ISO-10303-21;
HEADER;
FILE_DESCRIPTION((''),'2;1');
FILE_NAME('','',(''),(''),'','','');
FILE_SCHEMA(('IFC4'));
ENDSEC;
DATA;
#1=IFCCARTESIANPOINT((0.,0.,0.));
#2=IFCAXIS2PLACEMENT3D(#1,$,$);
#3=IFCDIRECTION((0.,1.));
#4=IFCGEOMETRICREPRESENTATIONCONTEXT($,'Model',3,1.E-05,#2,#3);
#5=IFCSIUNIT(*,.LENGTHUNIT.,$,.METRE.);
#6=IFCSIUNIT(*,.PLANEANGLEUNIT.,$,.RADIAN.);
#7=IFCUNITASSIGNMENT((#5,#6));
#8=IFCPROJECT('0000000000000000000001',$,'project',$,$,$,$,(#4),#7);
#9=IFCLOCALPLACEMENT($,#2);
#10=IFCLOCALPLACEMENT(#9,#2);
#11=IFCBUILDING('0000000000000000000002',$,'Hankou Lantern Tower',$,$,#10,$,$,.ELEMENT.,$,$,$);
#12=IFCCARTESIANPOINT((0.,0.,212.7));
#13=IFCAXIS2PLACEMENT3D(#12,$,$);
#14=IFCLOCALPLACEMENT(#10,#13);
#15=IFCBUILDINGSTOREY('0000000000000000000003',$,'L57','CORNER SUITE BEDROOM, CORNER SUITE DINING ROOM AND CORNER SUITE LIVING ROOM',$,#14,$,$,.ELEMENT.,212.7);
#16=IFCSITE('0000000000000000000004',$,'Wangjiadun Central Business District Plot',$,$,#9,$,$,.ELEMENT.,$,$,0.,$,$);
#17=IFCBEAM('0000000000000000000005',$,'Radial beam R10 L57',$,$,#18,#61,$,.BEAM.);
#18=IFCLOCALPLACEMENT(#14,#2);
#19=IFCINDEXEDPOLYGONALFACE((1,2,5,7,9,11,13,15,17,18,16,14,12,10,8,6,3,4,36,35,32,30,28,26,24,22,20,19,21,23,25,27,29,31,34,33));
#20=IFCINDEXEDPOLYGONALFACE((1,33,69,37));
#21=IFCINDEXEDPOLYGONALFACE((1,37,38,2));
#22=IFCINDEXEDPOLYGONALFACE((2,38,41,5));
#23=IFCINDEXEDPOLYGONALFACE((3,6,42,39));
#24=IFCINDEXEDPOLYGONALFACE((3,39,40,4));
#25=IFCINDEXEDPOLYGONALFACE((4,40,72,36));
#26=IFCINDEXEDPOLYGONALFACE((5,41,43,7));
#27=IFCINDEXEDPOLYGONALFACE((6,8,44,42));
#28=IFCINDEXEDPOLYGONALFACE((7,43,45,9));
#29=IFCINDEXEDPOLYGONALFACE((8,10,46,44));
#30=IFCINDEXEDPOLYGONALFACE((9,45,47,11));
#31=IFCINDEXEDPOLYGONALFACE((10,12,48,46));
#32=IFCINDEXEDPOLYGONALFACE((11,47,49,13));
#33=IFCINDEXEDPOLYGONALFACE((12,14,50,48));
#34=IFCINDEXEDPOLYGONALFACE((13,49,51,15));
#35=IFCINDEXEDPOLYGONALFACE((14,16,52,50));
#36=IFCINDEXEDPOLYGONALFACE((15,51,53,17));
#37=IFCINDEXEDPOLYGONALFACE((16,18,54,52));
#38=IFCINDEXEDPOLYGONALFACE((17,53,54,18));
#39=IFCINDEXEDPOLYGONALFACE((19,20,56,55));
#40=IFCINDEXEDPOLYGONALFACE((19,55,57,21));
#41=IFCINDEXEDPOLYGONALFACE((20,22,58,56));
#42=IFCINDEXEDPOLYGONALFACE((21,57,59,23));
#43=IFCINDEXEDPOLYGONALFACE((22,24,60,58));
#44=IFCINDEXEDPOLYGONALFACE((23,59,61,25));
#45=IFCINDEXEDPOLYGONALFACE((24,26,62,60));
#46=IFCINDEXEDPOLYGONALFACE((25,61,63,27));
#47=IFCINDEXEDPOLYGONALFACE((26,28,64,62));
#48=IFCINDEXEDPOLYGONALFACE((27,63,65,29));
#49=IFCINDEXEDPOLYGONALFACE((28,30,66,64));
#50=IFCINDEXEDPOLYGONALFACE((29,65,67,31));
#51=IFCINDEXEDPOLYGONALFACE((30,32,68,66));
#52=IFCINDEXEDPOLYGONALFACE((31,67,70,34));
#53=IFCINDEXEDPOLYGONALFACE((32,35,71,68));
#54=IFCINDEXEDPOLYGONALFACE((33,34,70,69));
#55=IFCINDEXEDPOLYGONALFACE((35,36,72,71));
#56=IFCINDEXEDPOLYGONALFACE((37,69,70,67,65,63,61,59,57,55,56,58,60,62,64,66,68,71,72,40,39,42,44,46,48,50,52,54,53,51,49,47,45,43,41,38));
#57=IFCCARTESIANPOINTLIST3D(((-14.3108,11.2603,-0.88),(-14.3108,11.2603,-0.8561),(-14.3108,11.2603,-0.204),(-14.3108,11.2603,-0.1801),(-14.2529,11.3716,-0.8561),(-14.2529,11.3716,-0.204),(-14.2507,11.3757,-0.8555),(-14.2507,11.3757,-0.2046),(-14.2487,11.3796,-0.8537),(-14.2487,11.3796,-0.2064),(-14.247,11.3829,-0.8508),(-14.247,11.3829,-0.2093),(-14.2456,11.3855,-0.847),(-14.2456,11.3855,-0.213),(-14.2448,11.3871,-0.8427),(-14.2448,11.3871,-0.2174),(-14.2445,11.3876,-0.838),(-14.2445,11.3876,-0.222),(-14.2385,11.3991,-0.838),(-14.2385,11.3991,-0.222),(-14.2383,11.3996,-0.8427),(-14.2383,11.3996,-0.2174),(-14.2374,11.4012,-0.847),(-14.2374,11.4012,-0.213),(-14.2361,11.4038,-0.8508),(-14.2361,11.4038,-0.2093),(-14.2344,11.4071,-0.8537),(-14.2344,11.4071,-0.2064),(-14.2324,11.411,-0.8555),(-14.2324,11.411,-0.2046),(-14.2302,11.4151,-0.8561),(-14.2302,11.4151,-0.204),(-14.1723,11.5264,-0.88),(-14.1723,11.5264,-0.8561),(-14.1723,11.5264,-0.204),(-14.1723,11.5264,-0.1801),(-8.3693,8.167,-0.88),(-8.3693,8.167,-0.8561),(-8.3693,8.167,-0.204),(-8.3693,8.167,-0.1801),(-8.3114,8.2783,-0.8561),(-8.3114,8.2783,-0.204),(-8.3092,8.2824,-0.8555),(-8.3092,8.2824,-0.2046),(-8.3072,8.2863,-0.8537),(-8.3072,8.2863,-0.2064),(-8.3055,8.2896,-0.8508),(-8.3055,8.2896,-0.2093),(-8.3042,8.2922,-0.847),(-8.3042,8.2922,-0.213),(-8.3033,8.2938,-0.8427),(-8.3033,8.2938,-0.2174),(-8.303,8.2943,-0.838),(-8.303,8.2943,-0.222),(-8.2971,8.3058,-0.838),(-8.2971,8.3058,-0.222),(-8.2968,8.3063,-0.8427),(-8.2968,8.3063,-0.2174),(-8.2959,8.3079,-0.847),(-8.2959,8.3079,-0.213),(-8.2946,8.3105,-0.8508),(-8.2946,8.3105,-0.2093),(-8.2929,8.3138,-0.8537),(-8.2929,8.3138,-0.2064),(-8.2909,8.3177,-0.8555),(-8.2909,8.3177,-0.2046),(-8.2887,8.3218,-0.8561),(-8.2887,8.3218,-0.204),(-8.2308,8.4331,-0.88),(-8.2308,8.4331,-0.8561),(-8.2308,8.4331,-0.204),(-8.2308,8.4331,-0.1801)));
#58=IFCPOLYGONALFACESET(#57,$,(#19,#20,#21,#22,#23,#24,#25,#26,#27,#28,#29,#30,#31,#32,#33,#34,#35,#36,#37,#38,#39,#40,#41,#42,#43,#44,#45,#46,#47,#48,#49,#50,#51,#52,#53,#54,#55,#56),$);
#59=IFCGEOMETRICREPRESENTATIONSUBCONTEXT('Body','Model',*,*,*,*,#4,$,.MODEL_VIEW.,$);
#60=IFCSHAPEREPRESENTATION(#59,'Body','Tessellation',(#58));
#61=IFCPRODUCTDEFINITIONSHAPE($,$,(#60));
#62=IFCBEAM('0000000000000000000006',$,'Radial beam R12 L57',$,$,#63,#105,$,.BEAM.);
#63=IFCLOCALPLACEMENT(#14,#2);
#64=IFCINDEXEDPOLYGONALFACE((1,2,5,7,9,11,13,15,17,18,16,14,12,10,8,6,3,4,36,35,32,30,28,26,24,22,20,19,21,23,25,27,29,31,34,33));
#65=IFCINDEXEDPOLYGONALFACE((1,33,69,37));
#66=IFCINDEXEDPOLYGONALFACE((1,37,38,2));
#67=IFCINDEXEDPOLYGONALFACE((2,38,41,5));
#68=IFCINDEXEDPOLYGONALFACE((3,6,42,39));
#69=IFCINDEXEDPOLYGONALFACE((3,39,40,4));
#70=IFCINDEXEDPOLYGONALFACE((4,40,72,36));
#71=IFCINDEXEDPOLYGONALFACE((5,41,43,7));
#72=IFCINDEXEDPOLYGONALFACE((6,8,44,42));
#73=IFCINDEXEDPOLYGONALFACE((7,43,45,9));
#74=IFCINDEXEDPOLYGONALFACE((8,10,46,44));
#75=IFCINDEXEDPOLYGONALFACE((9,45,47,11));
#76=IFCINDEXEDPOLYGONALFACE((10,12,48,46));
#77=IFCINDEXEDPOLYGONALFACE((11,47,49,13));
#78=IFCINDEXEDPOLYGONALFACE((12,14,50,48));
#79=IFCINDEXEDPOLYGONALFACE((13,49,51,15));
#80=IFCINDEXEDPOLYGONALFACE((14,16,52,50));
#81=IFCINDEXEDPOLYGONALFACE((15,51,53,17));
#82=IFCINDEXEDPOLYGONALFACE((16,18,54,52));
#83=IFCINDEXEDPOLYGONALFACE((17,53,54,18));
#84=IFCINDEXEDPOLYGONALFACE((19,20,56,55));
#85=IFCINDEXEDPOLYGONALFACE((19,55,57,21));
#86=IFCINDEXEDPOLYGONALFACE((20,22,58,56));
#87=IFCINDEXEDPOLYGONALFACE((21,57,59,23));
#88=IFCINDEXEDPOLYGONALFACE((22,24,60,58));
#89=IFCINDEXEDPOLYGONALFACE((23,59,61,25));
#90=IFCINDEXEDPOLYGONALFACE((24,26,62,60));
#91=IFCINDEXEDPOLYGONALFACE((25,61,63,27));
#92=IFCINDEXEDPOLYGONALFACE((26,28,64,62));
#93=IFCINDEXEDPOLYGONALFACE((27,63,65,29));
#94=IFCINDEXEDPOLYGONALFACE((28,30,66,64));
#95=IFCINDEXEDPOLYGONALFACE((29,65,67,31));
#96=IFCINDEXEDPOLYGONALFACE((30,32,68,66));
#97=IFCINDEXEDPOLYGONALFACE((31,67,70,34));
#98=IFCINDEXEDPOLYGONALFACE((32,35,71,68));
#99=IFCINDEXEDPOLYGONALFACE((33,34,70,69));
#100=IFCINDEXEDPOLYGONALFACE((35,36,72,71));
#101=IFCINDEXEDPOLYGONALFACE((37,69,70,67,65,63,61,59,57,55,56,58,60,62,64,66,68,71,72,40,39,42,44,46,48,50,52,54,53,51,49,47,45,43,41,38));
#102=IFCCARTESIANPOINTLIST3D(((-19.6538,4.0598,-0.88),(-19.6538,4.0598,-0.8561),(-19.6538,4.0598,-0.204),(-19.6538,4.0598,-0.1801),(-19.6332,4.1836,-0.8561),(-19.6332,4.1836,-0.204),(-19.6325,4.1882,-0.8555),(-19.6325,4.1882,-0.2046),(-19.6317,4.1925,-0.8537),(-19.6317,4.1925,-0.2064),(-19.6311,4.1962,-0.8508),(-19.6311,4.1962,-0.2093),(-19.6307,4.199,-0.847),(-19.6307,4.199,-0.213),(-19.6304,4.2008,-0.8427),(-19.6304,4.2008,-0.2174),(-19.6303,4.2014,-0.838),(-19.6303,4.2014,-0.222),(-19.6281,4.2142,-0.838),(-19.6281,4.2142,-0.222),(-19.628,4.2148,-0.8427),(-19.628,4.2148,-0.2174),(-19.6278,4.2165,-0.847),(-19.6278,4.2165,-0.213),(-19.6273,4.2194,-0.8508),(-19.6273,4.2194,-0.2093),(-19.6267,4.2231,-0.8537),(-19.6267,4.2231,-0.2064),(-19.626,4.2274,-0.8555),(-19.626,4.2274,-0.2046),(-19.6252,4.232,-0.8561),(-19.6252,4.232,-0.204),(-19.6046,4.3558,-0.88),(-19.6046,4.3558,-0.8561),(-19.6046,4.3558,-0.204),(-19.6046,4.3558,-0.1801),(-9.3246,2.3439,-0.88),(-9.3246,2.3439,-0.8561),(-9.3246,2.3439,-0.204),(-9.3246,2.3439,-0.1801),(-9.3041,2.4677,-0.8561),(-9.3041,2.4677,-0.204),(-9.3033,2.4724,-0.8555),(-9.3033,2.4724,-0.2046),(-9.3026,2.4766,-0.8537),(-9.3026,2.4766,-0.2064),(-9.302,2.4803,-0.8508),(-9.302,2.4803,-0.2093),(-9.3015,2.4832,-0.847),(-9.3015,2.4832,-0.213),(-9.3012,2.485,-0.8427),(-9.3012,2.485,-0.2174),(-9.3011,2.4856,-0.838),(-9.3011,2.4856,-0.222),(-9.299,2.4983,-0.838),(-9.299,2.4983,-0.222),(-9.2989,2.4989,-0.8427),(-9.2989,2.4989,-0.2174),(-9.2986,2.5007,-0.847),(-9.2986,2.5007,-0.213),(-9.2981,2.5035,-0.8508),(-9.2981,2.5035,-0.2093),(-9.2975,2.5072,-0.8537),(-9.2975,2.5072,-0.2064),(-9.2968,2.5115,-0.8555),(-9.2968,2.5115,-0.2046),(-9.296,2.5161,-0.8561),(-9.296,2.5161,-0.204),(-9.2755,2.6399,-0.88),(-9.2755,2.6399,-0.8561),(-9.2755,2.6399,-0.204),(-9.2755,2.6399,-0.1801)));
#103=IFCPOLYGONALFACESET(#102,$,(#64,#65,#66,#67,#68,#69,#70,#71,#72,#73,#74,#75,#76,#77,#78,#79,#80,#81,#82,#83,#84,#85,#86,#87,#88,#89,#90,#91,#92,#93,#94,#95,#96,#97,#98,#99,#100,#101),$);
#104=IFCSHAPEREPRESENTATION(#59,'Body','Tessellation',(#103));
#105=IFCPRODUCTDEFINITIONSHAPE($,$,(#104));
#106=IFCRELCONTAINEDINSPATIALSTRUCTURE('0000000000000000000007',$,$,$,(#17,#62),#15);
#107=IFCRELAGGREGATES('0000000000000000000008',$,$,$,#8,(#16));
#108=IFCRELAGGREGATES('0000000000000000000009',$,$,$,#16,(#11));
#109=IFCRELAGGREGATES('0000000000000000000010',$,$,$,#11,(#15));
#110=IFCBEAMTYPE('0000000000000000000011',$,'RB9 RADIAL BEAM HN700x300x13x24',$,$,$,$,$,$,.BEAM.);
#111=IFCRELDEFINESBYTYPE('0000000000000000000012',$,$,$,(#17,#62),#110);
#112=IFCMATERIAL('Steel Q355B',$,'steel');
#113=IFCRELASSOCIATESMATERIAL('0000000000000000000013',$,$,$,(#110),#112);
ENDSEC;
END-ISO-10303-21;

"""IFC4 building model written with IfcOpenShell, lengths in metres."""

from ifc_helpers import new_model, si_unit, direction, frame, origin, origin_2d, place, context, subcontext, project, spatial, i_section, extrude, material, material_profile, profile_set, type_object, element, save


model = new_model("IFC4")

# Units and contexts
model_context = context("Model", 3, precision=1e-05, world=origin(), true_north=direction((0.0, 1.0)))
body_context = subcontext(model_context, "Body", "Model", "MODEL_VIEW")
ifc_project = project(units=[si_unit("LENGTHUNIT", "METRE"), si_unit("PLANEANGLEUNIT", "RADIAN")], contexts=[model_context])

# Site, building, storey
site_placement = place(None, origin())
site = spatial("IfcSite", under=ifc_project, at=site_placement, Name="Wangjiadun Central Business District Plot", CompositionType="ELEMENT", RefElevation=0.0)
building_placement = place(site_placement, origin())
building = spatial("IfcBuilding", under=site, at=building_placement, Name="Hankou Lantern Tower", CompositionType="ELEMENT")
storey_placement = place(building_placement, frame((0.0, 0.0, 212.7)))
storey = spatial("IfcBuildingStorey", under=building, at=storey_placement, Name="L57", Description="CORNER SUITE BEDROOM, CORNER SUITE DINING ROOM AND CORNER SUITE LIVING ROOM", CompositionType="ELEMENT", Elevation=212.7)

# Beams
ifc_material_1 = material(Name="Steel Q355B", Category="steel")
ifc_material_profile_1 = material_profile(ifc_material_1, i_section(OverallWidth=0.3, OverallDepth=0.7, WebThickness=0.0129, FlangeThickness=0.0239, FilletRadius=0.0181, at=origin_2d()), Name="HN700x300x13x24")
ifc_profile_set_1 = profile_set([ifc_material_profile_1], Name="Steel Q355B")
beam_type_1 = type_object("IfcBeamType", Name="RB9 RADIAL BEAM HN700x300x13x24", PredefinedType="BEAM", material=ifc_profile_set_1)
beam_1_placement = place(storey_placement, frame((-8.3, 8.3, -0.53), z_axis=(-0.886989, 0.461791, 0.0), x_axis=(-0.461791, -0.886989, 0.0)))
element("IfcBeam", 1, at=beam_1_placement, inside=storey, type_object=beam_type_1, Name="Radial beam R10 L57", PredefinedType="BEAM", context=body_context, shape_type="SweptSolid", body=[
    extrude(i_section(OverallWidth=0.3, OverallDepth=0.7, WebThickness=0.0129, FlangeThickness=0.0239, FilletRadius=0.0181, at=origin_2d()), origin(), (0.0, 0.0, 1.0), 6.6985),
])
beam_2_placement = place(storey_placement, frame((-9.3, 2.4919, -0.53), z_axis=(-0.986482, 0.16387, 0.0), x_axis=(-0.16387, -0.986482, 0.0)))
element("IfcBeam", 2, at=beam_2_placement, inside=storey, type_object=beam_type_1, Name="Radial beam R12 L57", PredefinedType="BEAM", context=body_context, shape_type="SweptSolid", body=[
    extrude(i_section(OverallWidth=0.3, OverallDepth=0.7, WebThickness=0.0129, FlangeThickness=0.0239, FilletRadius=0.0181, at=origin_2d()), origin(), (0.0, 0.0, 1.0), 10.4707),
])

save(model, "model.ifc")
